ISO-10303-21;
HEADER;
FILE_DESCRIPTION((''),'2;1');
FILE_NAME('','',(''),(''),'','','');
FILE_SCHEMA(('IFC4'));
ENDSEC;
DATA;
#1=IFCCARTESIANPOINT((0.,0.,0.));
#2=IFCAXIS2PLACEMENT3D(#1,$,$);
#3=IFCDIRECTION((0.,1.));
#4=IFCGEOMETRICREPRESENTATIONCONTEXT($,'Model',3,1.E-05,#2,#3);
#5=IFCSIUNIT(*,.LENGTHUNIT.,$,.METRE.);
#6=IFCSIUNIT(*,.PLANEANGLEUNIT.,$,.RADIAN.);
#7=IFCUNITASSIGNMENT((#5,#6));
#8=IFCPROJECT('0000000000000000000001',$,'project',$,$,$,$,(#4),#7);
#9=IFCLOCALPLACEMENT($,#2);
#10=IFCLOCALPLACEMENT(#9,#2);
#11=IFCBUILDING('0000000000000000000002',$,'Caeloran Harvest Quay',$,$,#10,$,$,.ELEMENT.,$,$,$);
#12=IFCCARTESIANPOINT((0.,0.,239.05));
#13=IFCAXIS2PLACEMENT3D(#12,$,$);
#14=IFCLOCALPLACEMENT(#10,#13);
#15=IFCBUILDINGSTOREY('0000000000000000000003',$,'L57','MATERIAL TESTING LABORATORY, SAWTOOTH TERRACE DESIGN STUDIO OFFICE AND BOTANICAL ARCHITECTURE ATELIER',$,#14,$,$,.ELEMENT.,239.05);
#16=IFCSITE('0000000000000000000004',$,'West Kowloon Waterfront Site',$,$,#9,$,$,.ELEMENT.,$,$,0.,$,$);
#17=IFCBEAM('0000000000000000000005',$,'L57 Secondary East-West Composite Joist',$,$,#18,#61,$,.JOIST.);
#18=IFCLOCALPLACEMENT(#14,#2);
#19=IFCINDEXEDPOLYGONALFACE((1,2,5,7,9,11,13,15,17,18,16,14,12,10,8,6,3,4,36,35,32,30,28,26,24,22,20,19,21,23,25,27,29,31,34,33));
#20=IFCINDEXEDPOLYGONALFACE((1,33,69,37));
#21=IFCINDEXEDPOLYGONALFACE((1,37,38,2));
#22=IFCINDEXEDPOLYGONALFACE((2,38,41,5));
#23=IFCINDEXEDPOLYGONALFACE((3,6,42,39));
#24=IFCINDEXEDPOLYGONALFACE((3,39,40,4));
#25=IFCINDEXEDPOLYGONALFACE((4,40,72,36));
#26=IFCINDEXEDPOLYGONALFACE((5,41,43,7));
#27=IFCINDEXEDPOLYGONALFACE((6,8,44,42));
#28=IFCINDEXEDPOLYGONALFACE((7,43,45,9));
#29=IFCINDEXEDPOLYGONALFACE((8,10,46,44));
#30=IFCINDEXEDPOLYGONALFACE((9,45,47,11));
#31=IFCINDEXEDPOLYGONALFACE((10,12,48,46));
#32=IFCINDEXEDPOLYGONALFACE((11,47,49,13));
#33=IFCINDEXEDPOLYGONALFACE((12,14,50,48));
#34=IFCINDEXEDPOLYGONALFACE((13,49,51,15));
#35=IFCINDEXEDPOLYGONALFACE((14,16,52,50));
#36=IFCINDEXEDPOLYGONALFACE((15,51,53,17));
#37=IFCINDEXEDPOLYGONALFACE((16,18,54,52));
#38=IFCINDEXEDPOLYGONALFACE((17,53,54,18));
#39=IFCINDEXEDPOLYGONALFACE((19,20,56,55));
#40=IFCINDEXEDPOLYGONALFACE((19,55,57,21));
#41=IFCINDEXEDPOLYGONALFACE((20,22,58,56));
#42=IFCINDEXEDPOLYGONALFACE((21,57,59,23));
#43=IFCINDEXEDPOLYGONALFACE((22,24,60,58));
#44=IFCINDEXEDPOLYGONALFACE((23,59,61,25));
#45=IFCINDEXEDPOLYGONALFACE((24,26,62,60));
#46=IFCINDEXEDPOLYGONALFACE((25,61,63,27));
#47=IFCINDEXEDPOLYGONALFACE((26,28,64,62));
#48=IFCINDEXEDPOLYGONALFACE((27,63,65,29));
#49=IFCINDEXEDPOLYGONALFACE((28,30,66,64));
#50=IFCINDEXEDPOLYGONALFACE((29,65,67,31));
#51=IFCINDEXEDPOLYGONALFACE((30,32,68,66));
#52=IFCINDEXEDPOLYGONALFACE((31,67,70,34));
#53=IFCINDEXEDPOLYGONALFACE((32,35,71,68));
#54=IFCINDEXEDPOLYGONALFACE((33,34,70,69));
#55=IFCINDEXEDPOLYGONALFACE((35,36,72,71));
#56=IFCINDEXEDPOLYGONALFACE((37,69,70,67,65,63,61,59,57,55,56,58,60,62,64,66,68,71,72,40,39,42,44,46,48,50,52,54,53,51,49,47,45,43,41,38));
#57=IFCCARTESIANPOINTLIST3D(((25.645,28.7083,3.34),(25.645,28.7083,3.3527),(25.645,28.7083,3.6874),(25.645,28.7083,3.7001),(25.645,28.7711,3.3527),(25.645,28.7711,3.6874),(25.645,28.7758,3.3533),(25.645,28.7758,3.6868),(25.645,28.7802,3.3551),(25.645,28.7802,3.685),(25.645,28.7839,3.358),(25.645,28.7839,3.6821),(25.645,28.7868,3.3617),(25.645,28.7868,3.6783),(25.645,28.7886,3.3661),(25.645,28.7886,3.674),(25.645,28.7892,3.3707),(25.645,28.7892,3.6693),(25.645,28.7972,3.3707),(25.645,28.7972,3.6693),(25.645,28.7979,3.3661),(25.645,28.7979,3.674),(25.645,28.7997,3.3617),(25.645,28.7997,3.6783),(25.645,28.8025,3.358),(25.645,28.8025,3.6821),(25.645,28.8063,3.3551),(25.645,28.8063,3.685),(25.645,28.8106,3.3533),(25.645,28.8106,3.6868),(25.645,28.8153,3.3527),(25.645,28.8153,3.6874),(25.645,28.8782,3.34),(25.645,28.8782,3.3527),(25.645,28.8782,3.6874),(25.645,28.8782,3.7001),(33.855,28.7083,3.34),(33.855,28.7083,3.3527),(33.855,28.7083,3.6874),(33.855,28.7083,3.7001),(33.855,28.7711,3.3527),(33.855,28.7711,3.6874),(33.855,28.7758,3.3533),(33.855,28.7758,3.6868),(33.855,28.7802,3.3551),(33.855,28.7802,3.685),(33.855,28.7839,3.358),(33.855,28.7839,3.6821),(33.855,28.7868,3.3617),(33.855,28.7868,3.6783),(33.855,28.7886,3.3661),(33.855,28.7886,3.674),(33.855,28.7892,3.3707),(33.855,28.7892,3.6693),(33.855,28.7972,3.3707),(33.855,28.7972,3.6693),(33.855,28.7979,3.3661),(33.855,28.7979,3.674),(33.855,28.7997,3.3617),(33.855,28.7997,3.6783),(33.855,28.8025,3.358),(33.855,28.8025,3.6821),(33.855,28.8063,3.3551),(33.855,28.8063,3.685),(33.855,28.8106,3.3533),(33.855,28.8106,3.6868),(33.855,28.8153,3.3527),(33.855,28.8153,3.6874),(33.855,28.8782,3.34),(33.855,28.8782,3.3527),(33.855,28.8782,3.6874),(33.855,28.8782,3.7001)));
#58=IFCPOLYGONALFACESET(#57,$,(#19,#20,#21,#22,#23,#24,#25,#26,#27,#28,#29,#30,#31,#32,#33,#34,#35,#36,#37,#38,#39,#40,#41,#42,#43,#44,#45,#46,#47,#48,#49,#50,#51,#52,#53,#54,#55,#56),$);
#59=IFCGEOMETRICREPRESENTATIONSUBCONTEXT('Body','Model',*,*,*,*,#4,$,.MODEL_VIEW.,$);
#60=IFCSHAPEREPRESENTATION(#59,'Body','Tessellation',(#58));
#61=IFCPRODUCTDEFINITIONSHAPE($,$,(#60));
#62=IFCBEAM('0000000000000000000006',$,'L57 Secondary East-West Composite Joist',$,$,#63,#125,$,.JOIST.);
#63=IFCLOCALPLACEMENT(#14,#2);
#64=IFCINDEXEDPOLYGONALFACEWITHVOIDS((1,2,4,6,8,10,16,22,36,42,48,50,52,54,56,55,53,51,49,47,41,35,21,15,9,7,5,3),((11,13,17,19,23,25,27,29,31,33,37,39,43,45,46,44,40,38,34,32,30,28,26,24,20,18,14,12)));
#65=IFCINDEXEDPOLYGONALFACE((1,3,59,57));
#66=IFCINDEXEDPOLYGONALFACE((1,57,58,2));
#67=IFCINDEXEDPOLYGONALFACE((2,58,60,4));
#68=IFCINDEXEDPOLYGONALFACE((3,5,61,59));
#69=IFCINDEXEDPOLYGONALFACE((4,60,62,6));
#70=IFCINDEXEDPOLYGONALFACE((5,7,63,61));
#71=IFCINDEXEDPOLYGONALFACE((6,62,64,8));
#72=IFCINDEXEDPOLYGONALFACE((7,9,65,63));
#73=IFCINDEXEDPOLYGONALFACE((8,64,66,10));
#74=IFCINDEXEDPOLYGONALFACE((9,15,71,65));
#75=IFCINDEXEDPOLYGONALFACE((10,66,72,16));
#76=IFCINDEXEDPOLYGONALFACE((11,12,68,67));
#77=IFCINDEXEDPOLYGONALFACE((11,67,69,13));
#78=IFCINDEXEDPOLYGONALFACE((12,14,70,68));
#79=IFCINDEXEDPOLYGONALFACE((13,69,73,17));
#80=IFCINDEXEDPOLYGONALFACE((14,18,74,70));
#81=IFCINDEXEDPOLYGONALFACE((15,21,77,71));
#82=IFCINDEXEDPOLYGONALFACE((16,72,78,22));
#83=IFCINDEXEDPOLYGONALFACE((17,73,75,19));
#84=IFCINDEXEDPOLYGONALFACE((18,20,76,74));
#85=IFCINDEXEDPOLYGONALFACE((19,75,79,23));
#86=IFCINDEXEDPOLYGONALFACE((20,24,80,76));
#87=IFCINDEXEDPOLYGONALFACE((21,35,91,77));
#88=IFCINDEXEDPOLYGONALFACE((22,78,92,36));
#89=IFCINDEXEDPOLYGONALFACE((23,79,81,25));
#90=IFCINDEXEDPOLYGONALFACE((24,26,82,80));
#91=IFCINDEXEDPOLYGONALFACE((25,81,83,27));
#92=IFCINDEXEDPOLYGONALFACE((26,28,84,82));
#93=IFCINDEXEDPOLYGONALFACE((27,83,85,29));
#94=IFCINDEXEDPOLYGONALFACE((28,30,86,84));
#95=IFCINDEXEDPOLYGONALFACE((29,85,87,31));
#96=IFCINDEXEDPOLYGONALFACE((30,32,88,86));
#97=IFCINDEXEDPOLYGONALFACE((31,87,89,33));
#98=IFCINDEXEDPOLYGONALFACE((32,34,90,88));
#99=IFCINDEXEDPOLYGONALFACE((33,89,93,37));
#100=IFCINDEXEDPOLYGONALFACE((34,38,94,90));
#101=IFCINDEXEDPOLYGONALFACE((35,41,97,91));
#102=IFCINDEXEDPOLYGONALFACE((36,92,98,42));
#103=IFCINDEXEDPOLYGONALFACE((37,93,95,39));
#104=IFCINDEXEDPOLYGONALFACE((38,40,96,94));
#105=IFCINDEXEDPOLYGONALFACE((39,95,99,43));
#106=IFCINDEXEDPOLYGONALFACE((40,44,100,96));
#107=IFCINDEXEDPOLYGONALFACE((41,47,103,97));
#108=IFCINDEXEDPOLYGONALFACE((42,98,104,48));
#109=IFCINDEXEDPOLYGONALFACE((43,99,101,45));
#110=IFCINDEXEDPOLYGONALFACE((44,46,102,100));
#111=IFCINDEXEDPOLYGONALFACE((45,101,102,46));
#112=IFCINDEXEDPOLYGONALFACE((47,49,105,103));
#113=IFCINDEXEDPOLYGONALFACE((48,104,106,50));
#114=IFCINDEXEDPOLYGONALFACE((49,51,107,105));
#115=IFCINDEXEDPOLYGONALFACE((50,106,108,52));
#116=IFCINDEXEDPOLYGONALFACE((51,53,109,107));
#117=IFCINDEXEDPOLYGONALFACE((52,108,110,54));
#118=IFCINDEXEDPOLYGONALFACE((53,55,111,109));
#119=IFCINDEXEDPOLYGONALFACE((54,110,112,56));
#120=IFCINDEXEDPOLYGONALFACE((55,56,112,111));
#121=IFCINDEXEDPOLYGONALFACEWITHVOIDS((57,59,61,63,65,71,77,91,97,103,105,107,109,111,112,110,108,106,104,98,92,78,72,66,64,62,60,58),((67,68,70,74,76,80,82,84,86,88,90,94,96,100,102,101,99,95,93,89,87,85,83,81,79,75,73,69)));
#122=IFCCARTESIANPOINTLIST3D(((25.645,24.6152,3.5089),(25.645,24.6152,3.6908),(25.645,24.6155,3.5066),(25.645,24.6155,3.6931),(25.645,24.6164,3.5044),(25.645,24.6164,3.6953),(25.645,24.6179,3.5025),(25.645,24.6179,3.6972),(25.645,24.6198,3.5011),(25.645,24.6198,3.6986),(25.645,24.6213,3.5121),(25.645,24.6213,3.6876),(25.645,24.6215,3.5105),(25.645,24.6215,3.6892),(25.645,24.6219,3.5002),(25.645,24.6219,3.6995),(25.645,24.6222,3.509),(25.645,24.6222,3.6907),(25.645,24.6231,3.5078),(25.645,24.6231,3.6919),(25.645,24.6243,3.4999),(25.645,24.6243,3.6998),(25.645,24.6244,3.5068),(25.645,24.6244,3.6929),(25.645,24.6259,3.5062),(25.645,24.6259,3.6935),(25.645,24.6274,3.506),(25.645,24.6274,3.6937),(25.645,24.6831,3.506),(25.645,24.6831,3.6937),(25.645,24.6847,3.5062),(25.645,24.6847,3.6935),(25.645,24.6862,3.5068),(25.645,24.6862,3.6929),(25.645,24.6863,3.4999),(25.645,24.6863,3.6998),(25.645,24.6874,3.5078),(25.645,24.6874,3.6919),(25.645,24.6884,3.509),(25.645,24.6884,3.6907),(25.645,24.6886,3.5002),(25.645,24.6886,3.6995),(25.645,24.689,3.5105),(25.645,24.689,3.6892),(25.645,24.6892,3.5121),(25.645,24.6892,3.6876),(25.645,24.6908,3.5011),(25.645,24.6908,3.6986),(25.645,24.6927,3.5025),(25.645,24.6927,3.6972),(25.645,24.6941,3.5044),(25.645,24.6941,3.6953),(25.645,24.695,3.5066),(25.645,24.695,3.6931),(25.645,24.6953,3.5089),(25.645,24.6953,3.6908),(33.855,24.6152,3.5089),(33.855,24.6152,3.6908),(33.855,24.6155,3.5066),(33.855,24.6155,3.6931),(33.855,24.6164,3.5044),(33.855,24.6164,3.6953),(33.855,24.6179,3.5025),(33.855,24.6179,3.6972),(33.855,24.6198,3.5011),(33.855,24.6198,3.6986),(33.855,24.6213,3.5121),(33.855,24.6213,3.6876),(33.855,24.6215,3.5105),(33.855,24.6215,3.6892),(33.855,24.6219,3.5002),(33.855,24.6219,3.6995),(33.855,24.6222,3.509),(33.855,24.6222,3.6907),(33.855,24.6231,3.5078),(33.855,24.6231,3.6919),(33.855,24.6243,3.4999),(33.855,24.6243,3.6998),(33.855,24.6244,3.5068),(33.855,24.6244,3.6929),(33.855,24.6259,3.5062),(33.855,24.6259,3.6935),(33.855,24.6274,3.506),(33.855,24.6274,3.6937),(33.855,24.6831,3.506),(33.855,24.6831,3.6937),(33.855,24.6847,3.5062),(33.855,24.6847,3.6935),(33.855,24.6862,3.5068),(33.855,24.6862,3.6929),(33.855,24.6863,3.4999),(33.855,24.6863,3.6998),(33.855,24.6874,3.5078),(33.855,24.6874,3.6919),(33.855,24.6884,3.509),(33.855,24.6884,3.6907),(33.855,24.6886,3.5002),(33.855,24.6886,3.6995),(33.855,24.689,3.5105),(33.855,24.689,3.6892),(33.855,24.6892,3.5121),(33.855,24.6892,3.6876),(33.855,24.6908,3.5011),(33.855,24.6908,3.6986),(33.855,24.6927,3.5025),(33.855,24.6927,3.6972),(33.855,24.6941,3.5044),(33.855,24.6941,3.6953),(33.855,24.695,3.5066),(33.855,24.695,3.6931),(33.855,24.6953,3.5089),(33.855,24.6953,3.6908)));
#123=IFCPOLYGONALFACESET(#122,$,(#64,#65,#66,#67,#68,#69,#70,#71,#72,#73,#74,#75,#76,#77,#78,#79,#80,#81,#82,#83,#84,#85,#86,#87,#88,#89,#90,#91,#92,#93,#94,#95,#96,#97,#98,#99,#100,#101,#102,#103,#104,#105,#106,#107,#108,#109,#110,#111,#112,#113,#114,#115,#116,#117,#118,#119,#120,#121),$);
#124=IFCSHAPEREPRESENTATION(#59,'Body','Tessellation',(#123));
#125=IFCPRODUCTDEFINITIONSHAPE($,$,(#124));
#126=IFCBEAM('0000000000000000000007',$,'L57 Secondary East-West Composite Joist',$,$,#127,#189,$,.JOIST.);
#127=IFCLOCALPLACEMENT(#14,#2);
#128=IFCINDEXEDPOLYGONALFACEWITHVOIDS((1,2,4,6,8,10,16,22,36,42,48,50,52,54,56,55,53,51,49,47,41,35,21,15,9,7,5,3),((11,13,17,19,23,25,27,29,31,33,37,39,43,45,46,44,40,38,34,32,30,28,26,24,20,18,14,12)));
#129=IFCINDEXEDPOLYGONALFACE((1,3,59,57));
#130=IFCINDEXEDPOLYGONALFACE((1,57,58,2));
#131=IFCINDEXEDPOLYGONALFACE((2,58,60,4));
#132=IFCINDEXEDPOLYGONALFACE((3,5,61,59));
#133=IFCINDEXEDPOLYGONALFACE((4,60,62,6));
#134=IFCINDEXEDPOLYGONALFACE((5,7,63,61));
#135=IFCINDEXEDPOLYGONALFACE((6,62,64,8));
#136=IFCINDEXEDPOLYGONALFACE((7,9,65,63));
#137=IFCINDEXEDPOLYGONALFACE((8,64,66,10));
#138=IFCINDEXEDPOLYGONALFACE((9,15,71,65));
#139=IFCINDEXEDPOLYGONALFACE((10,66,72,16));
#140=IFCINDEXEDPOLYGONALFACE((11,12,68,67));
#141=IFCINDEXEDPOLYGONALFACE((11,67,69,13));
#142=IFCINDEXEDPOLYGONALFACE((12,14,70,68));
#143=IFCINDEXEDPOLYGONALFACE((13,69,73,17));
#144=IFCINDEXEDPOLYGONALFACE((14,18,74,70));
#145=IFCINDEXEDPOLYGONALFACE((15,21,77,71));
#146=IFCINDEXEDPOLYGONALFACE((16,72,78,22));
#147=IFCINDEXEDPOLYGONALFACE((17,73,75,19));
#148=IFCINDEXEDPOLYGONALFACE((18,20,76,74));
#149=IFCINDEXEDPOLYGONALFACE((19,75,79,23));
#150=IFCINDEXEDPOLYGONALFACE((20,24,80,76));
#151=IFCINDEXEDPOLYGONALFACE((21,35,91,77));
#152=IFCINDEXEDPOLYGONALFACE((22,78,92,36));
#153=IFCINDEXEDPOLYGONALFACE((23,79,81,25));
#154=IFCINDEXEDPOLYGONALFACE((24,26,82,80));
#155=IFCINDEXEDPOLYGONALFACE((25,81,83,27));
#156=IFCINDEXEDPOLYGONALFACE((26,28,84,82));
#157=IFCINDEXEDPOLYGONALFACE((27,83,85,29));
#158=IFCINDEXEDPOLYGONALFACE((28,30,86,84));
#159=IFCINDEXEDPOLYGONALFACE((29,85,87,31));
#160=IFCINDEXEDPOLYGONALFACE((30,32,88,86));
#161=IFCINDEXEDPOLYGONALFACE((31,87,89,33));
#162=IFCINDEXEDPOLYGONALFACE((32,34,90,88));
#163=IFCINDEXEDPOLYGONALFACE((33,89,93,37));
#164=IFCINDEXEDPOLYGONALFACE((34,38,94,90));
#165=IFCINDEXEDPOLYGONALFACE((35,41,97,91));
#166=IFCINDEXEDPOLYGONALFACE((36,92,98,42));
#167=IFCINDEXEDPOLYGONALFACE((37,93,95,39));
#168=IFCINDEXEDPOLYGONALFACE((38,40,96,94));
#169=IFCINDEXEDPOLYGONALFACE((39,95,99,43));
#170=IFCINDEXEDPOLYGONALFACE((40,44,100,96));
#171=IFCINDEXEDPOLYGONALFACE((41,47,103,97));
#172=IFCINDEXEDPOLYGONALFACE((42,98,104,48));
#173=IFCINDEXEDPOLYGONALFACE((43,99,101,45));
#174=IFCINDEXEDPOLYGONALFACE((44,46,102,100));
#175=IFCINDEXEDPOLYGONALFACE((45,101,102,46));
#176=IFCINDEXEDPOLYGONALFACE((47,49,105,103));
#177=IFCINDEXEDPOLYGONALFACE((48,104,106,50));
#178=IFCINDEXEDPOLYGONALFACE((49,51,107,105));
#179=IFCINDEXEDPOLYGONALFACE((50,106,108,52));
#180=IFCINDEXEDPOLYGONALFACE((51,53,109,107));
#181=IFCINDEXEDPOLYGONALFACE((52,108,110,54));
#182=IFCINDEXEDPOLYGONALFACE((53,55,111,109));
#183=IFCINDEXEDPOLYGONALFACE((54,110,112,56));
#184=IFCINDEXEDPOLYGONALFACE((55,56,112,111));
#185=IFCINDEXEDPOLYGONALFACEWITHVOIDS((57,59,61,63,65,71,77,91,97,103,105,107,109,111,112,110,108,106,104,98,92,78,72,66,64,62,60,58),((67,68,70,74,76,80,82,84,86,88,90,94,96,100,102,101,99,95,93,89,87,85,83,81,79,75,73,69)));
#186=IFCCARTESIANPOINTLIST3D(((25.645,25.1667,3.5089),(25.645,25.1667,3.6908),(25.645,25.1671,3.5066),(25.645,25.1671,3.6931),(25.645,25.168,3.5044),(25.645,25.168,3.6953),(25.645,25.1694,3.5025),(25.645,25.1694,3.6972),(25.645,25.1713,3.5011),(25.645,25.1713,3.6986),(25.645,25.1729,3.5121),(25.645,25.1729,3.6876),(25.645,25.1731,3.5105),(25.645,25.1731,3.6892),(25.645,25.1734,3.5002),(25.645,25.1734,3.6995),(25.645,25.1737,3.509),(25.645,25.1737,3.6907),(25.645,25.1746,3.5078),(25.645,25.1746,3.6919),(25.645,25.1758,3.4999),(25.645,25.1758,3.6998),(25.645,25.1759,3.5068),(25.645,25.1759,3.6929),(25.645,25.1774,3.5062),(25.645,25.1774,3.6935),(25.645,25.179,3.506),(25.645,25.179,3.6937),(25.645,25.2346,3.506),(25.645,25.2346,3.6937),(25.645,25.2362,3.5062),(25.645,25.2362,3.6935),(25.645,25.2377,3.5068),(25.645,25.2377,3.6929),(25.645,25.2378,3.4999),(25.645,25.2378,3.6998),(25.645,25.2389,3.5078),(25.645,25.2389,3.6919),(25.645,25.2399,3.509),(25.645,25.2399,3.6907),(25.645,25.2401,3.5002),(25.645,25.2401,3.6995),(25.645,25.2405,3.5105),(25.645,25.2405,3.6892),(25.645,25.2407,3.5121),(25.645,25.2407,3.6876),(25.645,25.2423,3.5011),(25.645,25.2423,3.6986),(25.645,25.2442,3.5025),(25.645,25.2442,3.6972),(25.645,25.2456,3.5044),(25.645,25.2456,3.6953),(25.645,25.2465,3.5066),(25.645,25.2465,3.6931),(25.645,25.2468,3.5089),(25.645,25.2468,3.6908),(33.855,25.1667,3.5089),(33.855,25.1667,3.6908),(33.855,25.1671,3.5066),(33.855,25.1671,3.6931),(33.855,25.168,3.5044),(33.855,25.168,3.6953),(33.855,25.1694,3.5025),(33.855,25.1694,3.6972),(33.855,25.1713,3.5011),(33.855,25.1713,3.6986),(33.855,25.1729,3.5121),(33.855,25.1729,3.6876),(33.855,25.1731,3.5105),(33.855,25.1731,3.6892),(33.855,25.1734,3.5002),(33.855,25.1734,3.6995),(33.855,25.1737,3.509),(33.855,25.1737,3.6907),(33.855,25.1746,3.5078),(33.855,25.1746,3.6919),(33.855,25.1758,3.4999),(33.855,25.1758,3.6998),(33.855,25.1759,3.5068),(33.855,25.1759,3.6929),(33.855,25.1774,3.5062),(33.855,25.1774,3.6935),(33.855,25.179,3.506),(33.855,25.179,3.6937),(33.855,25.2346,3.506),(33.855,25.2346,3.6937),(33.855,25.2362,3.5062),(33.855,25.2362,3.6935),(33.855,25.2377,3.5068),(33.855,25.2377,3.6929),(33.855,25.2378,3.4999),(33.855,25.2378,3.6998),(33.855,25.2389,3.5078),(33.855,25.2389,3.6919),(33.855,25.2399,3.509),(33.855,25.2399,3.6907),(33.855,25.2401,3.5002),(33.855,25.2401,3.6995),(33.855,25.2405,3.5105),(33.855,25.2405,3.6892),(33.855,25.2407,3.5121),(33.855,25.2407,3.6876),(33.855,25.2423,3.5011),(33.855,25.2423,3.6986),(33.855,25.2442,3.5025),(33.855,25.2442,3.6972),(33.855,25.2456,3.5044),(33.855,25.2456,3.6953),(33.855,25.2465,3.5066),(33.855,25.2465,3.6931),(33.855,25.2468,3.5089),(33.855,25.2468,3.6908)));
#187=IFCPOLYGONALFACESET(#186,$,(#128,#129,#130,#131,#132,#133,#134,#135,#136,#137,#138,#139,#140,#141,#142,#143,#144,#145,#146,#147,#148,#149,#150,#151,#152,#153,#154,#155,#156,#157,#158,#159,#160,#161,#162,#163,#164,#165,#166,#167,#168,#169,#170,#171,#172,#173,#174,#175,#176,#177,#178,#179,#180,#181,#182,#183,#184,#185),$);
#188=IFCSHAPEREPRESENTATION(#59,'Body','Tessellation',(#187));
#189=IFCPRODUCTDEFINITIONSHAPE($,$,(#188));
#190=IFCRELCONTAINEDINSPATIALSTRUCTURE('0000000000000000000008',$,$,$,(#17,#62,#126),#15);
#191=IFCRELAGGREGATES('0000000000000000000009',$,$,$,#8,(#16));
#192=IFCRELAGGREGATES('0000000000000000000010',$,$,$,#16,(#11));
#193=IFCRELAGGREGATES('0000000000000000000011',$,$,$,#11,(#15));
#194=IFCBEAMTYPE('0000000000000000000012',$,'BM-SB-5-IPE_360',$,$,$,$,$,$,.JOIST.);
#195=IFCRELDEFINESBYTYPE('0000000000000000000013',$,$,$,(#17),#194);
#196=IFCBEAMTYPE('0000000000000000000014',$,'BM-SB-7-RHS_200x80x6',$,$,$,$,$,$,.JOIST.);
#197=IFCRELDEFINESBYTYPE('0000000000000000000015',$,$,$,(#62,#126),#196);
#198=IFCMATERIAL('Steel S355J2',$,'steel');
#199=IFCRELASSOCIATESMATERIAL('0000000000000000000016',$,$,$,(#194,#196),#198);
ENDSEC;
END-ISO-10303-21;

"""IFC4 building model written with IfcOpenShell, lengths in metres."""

from ifc_helpers import new_model, si_unit, direction, frame, origin, origin_2d, place, context, subcontext, project, spatial, hollow_rectangle, i_section, extrude, material, material_profile, profile_set, type_object, element, save


model = new_model("IFC4")

# Units and contexts
model_context = context("Model", 3, precision=1e-05, world=origin(), true_north=direction((0.0, 1.0)))
body_context = subcontext(model_context, "Body", "Model", "MODEL_VIEW")
ifc_project = project(units=[si_unit("LENGTHUNIT", "METRE"), si_unit("PLANEANGLEUNIT", "RADIAN")], contexts=[model_context])

# Site, building, storey
site_placement = place(None, origin())
site = spatial("IfcSite", under=ifc_project, at=site_placement, Name="West Kowloon Waterfront Site", CompositionType="ELEMENT", RefElevation=0.0)
building_placement = place(site_placement, origin())
building = spatial("IfcBuilding", under=site, at=building_placement, Name="Caeloran Harvest Quay", CompositionType="ELEMENT")
storey_placement = place(building_placement, frame((0.0, 0.0, 239.05)))
storey = spatial("IfcBuildingStorey", under=building, at=storey_placement, Name="L57", Description="MATERIAL TESTING LABORATORY, SAWTOOTH TERRACE DESIGN STUDIO OFFICE AND BOTANICAL ARCHITECTURE ATELIER", CompositionType="ELEMENT", Elevation=239.05)

# Beams
ifc_material = material(Name="Steel S355J2", Category="steel")
ifc_material_profile_1 = material_profile(ifc_material, i_section(OverallWidth=0.1699, OverallDepth=0.3601, WebThickness=0.0081, FlangeThickness=0.0127, FilletRadius=0.0181, at=origin_2d()), Name="IPE 360")
ifc_profile_set_1 = profile_set([ifc_material_profile_1], Name="Steel S355J2")
beam_type_1 = type_object("IfcBeamType", Name="BM-SB-5-IPE_360", PredefinedType="JOIST", material=ifc_profile_set_1)
for number, where, z_axis, x_axis, name in (
    (1, (25.645, 28.7932, 3.52), (1.0, 0.0, 0.0), (0.0, 1.0, 0.0), "L57 Secondary East-West Composite Joist"),
):
    element("IfcBeam", number, at=place(storey_placement, frame(where, z_axis=z_axis, x_axis=x_axis)), inside=storey, type_object=beam_type_1, Name=name, PredefinedType="JOIST", context=body_context, shape_type="SweptSolid", body=[
        extrude(i_section(OverallWidth=0.1699, OverallDepth=0.3601, WebThickness=0.0081, FlangeThickness=0.0127, FilletRadius=0.0181, at=origin_2d()), origin(), (0.0, 0.0, 1.0), 8.21),
    ])
ifc_material_profile_2 = material_profile(ifc_material, hollow_rectangle(XDim=0.0801, YDim=0.2, WallThickness=0.0061, InnerFilletRadius=0.0061, OuterFilletRadius=0.009, at=origin_2d()), Name="RHS 200x80x6")
ifc_profile_set_2 = profile_set([ifc_material_profile_2], Name="Steel S355J2")
beam_type_2 = type_object("IfcBeamType", Name="BM-SB-7-RHS_200x80x6", PredefinedType="JOIST", material=ifc_profile_set_2)
for number, where, z_axis, x_axis, name in (
    (2, (25.645, 24.6553, 3.5999), (1.0, 0.0, 0.0), (0.0, 1.0, 0.0), "L57 Secondary East-West Composite Joist"),
    (3, (25.645, 25.2068, 3.5999), (1.0, 0.0, 0.0), (0.0, 1.0, 0.0), "L57 Secondary East-West Composite Joist"),
):
    element("IfcBeam", number, at=place(storey_placement, frame(where, z_axis=z_axis, x_axis=x_axis)), inside=storey, type_object=beam_type_2, Name=name, PredefinedType="JOIST", context=body_context, shape_type="SweptSolid", body=[
        extrude(hollow_rectangle(XDim=0.0801, YDim=0.2, WallThickness=0.0061, InnerFilletRadius=0.0061, OuterFilletRadius=0.009, at=origin_2d()), origin(), (0.0, 0.0, 1.0), 8.21),
    ])

save(model, "model.ifc")
